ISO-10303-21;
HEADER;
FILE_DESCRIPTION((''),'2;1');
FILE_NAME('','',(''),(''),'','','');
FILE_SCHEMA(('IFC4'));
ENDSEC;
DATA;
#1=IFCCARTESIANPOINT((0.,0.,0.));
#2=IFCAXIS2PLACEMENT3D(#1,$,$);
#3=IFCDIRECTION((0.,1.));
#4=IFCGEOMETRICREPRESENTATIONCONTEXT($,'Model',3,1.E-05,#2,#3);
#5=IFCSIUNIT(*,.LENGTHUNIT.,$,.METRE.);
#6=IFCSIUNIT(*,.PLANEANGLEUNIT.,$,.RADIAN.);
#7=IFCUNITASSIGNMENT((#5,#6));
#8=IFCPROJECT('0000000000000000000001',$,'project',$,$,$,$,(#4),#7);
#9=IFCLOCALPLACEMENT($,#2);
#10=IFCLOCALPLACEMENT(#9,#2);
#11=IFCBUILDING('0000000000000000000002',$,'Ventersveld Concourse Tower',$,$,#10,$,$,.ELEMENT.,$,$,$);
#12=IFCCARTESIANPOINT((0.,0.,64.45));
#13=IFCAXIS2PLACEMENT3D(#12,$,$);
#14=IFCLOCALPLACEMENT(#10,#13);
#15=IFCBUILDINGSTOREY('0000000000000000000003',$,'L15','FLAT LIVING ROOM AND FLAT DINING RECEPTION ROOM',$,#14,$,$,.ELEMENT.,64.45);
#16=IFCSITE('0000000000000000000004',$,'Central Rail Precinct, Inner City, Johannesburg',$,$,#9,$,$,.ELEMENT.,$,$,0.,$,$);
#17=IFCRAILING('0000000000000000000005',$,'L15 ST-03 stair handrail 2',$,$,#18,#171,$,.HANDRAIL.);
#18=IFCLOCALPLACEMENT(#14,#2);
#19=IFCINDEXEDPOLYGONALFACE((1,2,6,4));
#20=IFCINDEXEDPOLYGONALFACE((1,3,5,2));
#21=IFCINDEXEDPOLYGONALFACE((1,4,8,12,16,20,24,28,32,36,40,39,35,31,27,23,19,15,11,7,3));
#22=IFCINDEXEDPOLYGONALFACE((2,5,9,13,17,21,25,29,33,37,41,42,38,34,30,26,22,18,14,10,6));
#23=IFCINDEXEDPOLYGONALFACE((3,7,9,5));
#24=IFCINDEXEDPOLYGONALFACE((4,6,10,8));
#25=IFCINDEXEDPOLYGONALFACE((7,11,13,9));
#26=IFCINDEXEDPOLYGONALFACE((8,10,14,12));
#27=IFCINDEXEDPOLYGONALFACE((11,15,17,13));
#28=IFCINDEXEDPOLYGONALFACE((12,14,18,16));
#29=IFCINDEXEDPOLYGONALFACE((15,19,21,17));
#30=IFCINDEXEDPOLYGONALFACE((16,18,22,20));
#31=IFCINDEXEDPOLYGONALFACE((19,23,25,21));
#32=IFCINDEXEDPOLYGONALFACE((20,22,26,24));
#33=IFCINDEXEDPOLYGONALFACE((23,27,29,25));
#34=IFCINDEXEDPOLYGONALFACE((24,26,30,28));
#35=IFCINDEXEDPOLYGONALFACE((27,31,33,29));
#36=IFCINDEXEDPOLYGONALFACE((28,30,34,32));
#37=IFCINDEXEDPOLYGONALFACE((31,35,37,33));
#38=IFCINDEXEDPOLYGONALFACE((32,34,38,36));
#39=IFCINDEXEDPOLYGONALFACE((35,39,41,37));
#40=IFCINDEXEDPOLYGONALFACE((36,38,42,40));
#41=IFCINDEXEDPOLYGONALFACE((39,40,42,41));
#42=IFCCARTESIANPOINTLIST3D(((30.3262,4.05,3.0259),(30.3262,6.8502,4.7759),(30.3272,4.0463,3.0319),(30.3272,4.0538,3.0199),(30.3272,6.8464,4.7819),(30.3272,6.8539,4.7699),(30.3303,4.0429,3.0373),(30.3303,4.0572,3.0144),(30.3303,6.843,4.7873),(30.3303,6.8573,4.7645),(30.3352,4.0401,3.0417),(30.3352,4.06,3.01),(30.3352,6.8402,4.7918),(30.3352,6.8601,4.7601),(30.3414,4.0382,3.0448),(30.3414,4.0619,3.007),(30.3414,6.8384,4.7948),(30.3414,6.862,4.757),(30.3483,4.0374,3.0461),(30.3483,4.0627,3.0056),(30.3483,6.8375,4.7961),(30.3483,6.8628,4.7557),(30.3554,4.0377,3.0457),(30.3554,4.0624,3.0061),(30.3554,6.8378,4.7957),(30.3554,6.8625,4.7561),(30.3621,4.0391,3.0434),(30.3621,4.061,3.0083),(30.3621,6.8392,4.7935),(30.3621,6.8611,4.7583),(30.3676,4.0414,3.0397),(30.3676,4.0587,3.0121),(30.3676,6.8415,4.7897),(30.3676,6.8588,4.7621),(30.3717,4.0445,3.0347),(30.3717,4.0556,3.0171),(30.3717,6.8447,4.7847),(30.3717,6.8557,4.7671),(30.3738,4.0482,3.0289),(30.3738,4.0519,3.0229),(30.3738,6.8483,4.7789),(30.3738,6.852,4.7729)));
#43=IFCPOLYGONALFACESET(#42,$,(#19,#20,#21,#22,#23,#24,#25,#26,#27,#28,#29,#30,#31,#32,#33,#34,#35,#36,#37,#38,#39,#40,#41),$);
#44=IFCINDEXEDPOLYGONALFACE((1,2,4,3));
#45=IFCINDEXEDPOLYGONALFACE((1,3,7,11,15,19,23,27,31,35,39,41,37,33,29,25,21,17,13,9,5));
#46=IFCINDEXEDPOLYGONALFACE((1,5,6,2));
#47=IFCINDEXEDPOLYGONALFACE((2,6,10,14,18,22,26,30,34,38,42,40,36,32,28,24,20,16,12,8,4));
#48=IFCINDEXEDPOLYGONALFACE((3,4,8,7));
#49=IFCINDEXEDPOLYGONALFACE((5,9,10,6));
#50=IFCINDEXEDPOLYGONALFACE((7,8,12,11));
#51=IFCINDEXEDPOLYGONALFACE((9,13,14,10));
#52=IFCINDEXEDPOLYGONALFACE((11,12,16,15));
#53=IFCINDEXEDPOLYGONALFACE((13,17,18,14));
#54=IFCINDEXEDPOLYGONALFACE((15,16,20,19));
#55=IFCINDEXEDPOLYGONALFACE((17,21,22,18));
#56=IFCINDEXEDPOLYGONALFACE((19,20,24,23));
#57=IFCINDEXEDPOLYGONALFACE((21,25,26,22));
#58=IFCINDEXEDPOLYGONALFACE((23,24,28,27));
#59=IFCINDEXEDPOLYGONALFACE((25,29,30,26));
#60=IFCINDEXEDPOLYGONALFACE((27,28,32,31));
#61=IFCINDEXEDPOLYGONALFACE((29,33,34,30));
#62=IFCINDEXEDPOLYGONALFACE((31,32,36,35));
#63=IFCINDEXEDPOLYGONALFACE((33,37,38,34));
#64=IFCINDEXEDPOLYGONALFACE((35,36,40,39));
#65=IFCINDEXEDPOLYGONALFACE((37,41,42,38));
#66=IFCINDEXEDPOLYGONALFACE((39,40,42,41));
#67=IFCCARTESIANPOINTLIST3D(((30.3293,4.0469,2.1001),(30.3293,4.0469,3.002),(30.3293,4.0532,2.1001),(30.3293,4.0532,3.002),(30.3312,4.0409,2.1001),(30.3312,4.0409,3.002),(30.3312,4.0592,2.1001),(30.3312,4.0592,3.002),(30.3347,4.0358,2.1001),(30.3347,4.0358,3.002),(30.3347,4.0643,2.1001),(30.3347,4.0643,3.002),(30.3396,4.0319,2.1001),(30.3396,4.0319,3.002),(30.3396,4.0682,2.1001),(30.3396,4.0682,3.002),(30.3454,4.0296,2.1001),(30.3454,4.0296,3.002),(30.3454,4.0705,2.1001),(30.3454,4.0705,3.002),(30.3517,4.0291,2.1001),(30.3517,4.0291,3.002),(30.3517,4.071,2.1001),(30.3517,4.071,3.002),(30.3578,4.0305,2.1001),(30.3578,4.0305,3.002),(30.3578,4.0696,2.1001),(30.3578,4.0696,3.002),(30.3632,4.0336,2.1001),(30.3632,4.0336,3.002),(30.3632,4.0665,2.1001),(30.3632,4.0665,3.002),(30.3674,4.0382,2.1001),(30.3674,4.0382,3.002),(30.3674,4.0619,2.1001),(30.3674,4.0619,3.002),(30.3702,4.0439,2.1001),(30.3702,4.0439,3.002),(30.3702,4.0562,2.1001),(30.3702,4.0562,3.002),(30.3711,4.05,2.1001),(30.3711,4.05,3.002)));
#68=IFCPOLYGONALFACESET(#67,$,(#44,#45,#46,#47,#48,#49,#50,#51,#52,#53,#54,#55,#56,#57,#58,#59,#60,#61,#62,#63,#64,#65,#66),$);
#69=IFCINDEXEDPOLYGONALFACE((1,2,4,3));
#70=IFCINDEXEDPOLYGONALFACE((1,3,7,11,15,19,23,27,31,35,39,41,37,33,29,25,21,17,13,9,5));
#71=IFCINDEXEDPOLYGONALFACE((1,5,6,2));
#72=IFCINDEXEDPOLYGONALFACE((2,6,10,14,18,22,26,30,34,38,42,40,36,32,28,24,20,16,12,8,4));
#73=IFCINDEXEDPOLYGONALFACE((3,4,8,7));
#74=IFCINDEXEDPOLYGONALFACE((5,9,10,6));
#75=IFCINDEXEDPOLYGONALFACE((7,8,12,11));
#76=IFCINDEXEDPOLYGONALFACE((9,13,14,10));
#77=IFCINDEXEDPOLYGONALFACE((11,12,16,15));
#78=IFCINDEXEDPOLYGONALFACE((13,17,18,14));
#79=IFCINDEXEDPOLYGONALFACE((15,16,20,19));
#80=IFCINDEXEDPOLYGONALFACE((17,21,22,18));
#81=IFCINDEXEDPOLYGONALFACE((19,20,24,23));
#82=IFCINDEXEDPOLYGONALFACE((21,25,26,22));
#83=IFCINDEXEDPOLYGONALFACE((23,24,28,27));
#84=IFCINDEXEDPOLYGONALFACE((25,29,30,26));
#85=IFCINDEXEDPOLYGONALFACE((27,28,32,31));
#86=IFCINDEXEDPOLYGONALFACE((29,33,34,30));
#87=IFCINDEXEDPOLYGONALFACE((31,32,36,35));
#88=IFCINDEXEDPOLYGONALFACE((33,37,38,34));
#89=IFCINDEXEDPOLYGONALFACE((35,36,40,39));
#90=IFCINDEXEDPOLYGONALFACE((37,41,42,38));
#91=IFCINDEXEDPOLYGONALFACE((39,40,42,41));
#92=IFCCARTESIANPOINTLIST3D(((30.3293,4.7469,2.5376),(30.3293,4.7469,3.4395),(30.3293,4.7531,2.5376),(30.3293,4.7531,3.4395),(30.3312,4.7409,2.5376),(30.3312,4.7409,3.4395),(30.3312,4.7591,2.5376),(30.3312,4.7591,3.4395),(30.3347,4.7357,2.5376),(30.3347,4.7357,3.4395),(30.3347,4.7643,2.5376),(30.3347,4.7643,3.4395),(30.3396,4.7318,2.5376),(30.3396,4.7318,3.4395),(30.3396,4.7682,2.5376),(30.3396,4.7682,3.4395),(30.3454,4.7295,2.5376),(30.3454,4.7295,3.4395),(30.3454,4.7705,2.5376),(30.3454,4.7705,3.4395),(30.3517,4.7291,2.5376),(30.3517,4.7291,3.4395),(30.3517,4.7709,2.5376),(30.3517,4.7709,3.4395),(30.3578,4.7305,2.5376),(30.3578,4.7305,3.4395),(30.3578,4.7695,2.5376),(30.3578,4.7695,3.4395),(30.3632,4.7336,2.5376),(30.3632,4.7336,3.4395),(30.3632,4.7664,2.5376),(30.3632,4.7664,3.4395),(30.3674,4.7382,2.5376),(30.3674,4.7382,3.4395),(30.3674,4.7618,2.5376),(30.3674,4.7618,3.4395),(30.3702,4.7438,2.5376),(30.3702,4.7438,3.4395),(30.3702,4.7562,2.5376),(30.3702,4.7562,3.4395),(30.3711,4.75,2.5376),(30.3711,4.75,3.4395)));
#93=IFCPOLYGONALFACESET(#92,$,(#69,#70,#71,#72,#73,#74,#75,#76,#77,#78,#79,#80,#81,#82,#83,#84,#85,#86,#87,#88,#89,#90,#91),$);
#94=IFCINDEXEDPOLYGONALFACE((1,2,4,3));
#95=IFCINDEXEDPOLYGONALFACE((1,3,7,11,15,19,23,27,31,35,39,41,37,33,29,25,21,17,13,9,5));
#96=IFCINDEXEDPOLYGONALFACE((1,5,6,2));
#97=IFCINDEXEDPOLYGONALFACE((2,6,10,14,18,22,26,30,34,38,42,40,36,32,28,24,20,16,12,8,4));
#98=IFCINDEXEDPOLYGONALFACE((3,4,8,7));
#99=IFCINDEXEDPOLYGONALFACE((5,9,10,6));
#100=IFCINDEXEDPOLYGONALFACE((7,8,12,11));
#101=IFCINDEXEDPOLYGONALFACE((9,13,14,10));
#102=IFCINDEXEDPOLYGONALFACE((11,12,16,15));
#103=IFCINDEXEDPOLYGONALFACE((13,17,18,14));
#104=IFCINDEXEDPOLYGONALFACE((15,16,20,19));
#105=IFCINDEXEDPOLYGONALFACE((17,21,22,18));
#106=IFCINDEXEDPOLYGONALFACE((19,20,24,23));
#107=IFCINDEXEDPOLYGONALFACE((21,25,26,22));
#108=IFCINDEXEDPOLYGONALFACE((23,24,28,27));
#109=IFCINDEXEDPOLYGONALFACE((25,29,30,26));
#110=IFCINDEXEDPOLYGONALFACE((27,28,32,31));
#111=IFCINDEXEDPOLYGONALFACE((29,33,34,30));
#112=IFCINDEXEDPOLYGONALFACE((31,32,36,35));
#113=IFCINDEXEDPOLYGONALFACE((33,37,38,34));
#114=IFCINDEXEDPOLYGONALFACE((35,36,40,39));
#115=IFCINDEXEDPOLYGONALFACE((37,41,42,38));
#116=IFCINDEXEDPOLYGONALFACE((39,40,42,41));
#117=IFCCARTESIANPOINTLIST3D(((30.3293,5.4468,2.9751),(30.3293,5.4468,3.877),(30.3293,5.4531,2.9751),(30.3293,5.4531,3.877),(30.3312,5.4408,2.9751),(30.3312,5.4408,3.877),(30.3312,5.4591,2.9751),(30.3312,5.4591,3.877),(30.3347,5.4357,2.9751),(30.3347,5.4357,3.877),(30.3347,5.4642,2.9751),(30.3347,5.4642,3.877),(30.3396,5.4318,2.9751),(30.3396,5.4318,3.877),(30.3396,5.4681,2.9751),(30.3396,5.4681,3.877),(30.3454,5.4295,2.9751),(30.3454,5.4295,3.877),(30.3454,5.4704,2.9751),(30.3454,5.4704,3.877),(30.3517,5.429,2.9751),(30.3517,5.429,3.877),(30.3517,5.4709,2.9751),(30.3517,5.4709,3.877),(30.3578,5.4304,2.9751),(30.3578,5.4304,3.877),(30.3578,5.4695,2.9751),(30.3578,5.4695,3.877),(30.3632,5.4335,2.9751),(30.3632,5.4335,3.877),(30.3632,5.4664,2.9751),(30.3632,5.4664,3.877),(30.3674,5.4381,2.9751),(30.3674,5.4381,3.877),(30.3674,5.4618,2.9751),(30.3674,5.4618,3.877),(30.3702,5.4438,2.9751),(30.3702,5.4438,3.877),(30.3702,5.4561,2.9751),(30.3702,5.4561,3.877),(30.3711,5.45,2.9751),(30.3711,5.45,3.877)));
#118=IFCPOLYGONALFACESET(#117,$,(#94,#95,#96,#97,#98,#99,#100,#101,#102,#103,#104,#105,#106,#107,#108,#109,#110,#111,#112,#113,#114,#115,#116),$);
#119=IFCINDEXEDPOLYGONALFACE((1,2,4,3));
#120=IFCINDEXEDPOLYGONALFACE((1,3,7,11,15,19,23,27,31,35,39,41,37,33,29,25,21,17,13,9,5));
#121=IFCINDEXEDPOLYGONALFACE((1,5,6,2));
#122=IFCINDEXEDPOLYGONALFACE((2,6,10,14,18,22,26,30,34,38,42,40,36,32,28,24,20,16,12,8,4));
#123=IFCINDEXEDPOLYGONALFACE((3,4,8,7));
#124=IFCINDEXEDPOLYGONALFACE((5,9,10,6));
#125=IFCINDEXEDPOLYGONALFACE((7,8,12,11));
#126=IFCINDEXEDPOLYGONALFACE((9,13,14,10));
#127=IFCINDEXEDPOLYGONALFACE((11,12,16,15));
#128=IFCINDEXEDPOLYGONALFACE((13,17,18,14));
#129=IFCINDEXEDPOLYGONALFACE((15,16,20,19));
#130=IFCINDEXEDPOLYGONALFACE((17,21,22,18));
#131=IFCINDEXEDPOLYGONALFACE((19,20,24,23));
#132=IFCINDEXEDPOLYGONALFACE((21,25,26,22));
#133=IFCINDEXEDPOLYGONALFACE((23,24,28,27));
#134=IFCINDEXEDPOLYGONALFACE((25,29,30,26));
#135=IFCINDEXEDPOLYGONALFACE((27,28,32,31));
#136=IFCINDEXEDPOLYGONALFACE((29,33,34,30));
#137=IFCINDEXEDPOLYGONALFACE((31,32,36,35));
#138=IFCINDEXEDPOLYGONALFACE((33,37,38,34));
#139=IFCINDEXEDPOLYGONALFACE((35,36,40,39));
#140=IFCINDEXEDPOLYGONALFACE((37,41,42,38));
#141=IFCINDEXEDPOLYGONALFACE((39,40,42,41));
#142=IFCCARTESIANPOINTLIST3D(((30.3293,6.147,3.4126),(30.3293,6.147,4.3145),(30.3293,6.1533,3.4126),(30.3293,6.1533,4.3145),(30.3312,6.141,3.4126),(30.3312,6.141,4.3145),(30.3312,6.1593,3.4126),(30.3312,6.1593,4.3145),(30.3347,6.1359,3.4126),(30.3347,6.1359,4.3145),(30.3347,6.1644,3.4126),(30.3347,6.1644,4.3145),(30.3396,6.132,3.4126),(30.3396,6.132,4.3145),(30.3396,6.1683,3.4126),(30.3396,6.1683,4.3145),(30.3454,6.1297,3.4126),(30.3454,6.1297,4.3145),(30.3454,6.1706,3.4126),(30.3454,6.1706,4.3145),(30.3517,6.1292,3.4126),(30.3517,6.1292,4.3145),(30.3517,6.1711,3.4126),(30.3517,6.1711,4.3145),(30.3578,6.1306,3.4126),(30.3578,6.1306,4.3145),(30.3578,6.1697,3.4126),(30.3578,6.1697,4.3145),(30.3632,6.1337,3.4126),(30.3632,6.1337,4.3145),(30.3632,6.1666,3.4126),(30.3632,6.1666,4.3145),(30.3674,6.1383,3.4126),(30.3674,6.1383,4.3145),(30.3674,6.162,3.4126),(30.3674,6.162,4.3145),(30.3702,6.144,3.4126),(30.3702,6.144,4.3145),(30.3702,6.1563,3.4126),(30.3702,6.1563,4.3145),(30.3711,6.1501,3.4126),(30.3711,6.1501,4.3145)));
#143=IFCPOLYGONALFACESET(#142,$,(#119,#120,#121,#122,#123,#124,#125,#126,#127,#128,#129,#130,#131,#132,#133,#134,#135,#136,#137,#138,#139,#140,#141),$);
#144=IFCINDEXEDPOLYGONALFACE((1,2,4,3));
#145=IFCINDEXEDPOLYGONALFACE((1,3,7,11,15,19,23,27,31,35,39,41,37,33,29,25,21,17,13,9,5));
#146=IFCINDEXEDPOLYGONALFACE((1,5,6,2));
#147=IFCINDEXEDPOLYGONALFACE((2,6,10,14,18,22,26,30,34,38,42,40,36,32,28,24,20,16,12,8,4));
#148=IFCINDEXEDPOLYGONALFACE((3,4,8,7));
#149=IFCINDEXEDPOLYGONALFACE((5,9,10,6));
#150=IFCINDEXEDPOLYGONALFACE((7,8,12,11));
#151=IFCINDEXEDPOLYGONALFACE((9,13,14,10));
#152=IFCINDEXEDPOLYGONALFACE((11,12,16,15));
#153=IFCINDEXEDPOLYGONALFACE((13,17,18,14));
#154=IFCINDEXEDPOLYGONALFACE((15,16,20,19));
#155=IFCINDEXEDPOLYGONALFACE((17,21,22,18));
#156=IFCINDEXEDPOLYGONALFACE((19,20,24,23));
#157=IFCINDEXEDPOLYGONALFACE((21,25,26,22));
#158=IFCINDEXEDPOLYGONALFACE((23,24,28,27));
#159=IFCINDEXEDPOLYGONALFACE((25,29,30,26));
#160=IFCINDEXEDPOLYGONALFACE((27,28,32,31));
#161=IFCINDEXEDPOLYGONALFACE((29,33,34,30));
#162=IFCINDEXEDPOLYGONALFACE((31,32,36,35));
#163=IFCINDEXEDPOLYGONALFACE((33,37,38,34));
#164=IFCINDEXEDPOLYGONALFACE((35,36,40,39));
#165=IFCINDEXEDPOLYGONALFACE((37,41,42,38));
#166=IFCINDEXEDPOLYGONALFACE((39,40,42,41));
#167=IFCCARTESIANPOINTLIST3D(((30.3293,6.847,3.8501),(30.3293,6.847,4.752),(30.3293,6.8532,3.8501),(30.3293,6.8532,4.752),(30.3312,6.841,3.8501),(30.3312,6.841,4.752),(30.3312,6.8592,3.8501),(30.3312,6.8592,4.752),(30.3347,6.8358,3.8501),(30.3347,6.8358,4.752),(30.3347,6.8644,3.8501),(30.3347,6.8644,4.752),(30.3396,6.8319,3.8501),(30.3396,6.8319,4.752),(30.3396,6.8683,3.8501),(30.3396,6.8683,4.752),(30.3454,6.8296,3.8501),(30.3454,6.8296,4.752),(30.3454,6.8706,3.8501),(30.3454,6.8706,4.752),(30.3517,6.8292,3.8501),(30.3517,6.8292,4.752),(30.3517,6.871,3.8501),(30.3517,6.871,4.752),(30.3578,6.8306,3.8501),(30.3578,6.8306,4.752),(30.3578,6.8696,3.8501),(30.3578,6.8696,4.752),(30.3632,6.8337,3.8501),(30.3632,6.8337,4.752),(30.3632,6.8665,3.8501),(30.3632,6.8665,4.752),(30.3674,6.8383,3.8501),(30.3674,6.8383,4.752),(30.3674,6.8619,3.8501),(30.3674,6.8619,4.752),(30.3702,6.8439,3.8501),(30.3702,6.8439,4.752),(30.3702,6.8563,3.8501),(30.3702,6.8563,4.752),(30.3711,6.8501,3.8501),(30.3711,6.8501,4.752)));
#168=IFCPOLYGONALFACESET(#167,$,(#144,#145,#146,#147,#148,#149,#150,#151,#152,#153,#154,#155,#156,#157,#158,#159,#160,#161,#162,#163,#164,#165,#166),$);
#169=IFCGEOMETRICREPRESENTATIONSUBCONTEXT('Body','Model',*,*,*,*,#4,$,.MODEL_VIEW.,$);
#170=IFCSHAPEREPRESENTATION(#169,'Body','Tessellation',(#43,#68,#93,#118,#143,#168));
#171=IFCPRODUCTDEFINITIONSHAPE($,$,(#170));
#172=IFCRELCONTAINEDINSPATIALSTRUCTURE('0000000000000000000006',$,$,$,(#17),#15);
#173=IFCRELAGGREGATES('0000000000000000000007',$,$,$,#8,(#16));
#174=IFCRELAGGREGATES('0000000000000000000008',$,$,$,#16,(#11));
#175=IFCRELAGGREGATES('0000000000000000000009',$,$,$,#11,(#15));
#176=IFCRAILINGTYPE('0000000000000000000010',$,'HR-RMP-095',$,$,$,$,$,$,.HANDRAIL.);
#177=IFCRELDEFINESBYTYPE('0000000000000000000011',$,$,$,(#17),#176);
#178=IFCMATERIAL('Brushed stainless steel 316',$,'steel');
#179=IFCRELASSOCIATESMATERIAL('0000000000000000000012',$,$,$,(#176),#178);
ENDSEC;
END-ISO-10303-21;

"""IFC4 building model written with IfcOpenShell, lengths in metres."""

from ifc_helpers import new_model, si_unit, direction, frame, origin, origin_2d, place, context, subcontext, project, spatial, circle, extrude, material, type_object, element, save


model = new_model("IFC4")

# Units and contexts
model_context = context("Model", 3, precision=1e-05, world=origin(), true_north=direction((0.0, 1.0)))
body_context = subcontext(model_context, "Body", "Model", "MODEL_VIEW")
ifc_project = project(units=[si_unit("LENGTHUNIT", "METRE"), si_unit("PLANEANGLEUNIT", "RADIAN")], contexts=[model_context])

# Site, building, storey
site_placement = place(None, origin())
site = spatial("IfcSite", under=ifc_project, at=site_placement, Name="Central Rail Precinct, Inner City, Johannesburg", CompositionType="ELEMENT", RefElevation=0.0)
building_placement = place(site_placement, origin())
building = spatial("IfcBuilding", under=site, at=building_placement, Name="Ventersveld Concourse Tower", CompositionType="ELEMENT")
storey_placement = place(building_placement, frame((0.0, 0.0, 64.45)))
storey = spatial("IfcBuildingStorey", under=building, at=storey_placement, Name="L15", Description="FLAT LIVING ROOM AND FLAT DINING RECEPTION ROOM", CompositionType="ELEMENT", Elevation=64.45)

# Railing
ifc_material_1 = material(Name="Brushed stainless steel 316", Category="steel")
railing_type_1 = type_object("IfcRailingType", Name="HR-RMP-095", PredefinedType="HANDRAIL", material=ifc_material_1)
railing_1_placement = place(storey_placement, frame((30.3501, 4.05, 2.1001)))
element("IfcRailing", 1, at=railing_1_placement, inside=storey, type_object=railing_type_1, Name="L15 ST-03 stair handrail 2", PredefinedType="HANDRAIL", context=body_context, shape_type="SweptSolid", body=[
    extrude(circle(Radius=0.0239, at=origin_2d()), frame((0.0, 0.0, 0.9258), z_axis=(0.0, 0.848002, 0.529992), x_axis=(-1.0, 0.0, 0.0)), (0.0, 0.0, 1.0), 3.302),
    extrude(circle(Radius=0.021, at=origin_2d()), origin(), (0.0, 0.0, 1.0), 0.9019),
    extrude(circle(Radius=0.021, at=origin_2d()), frame((0.0, 0.7, 0.4375)), (0.0, 0.0, 1.0), 0.9019),
    extrude(circle(Radius=0.021, at=origin_2d()), frame((0.0, 1.3999, 0.875)), (0.0, 0.0, 1.0), 0.9019),
    extrude(circle(Radius=0.021, at=origin_2d()), frame((0.0, 2.1001, 1.3125)), (0.0, 0.0, 1.0), 0.9019),
    extrude(circle(Radius=0.021, at=origin_2d()), frame((0.0, 2.8, 1.75)), (0.0, 0.0, 1.0), 0.9019),
])

save(model, "model.ifc")
